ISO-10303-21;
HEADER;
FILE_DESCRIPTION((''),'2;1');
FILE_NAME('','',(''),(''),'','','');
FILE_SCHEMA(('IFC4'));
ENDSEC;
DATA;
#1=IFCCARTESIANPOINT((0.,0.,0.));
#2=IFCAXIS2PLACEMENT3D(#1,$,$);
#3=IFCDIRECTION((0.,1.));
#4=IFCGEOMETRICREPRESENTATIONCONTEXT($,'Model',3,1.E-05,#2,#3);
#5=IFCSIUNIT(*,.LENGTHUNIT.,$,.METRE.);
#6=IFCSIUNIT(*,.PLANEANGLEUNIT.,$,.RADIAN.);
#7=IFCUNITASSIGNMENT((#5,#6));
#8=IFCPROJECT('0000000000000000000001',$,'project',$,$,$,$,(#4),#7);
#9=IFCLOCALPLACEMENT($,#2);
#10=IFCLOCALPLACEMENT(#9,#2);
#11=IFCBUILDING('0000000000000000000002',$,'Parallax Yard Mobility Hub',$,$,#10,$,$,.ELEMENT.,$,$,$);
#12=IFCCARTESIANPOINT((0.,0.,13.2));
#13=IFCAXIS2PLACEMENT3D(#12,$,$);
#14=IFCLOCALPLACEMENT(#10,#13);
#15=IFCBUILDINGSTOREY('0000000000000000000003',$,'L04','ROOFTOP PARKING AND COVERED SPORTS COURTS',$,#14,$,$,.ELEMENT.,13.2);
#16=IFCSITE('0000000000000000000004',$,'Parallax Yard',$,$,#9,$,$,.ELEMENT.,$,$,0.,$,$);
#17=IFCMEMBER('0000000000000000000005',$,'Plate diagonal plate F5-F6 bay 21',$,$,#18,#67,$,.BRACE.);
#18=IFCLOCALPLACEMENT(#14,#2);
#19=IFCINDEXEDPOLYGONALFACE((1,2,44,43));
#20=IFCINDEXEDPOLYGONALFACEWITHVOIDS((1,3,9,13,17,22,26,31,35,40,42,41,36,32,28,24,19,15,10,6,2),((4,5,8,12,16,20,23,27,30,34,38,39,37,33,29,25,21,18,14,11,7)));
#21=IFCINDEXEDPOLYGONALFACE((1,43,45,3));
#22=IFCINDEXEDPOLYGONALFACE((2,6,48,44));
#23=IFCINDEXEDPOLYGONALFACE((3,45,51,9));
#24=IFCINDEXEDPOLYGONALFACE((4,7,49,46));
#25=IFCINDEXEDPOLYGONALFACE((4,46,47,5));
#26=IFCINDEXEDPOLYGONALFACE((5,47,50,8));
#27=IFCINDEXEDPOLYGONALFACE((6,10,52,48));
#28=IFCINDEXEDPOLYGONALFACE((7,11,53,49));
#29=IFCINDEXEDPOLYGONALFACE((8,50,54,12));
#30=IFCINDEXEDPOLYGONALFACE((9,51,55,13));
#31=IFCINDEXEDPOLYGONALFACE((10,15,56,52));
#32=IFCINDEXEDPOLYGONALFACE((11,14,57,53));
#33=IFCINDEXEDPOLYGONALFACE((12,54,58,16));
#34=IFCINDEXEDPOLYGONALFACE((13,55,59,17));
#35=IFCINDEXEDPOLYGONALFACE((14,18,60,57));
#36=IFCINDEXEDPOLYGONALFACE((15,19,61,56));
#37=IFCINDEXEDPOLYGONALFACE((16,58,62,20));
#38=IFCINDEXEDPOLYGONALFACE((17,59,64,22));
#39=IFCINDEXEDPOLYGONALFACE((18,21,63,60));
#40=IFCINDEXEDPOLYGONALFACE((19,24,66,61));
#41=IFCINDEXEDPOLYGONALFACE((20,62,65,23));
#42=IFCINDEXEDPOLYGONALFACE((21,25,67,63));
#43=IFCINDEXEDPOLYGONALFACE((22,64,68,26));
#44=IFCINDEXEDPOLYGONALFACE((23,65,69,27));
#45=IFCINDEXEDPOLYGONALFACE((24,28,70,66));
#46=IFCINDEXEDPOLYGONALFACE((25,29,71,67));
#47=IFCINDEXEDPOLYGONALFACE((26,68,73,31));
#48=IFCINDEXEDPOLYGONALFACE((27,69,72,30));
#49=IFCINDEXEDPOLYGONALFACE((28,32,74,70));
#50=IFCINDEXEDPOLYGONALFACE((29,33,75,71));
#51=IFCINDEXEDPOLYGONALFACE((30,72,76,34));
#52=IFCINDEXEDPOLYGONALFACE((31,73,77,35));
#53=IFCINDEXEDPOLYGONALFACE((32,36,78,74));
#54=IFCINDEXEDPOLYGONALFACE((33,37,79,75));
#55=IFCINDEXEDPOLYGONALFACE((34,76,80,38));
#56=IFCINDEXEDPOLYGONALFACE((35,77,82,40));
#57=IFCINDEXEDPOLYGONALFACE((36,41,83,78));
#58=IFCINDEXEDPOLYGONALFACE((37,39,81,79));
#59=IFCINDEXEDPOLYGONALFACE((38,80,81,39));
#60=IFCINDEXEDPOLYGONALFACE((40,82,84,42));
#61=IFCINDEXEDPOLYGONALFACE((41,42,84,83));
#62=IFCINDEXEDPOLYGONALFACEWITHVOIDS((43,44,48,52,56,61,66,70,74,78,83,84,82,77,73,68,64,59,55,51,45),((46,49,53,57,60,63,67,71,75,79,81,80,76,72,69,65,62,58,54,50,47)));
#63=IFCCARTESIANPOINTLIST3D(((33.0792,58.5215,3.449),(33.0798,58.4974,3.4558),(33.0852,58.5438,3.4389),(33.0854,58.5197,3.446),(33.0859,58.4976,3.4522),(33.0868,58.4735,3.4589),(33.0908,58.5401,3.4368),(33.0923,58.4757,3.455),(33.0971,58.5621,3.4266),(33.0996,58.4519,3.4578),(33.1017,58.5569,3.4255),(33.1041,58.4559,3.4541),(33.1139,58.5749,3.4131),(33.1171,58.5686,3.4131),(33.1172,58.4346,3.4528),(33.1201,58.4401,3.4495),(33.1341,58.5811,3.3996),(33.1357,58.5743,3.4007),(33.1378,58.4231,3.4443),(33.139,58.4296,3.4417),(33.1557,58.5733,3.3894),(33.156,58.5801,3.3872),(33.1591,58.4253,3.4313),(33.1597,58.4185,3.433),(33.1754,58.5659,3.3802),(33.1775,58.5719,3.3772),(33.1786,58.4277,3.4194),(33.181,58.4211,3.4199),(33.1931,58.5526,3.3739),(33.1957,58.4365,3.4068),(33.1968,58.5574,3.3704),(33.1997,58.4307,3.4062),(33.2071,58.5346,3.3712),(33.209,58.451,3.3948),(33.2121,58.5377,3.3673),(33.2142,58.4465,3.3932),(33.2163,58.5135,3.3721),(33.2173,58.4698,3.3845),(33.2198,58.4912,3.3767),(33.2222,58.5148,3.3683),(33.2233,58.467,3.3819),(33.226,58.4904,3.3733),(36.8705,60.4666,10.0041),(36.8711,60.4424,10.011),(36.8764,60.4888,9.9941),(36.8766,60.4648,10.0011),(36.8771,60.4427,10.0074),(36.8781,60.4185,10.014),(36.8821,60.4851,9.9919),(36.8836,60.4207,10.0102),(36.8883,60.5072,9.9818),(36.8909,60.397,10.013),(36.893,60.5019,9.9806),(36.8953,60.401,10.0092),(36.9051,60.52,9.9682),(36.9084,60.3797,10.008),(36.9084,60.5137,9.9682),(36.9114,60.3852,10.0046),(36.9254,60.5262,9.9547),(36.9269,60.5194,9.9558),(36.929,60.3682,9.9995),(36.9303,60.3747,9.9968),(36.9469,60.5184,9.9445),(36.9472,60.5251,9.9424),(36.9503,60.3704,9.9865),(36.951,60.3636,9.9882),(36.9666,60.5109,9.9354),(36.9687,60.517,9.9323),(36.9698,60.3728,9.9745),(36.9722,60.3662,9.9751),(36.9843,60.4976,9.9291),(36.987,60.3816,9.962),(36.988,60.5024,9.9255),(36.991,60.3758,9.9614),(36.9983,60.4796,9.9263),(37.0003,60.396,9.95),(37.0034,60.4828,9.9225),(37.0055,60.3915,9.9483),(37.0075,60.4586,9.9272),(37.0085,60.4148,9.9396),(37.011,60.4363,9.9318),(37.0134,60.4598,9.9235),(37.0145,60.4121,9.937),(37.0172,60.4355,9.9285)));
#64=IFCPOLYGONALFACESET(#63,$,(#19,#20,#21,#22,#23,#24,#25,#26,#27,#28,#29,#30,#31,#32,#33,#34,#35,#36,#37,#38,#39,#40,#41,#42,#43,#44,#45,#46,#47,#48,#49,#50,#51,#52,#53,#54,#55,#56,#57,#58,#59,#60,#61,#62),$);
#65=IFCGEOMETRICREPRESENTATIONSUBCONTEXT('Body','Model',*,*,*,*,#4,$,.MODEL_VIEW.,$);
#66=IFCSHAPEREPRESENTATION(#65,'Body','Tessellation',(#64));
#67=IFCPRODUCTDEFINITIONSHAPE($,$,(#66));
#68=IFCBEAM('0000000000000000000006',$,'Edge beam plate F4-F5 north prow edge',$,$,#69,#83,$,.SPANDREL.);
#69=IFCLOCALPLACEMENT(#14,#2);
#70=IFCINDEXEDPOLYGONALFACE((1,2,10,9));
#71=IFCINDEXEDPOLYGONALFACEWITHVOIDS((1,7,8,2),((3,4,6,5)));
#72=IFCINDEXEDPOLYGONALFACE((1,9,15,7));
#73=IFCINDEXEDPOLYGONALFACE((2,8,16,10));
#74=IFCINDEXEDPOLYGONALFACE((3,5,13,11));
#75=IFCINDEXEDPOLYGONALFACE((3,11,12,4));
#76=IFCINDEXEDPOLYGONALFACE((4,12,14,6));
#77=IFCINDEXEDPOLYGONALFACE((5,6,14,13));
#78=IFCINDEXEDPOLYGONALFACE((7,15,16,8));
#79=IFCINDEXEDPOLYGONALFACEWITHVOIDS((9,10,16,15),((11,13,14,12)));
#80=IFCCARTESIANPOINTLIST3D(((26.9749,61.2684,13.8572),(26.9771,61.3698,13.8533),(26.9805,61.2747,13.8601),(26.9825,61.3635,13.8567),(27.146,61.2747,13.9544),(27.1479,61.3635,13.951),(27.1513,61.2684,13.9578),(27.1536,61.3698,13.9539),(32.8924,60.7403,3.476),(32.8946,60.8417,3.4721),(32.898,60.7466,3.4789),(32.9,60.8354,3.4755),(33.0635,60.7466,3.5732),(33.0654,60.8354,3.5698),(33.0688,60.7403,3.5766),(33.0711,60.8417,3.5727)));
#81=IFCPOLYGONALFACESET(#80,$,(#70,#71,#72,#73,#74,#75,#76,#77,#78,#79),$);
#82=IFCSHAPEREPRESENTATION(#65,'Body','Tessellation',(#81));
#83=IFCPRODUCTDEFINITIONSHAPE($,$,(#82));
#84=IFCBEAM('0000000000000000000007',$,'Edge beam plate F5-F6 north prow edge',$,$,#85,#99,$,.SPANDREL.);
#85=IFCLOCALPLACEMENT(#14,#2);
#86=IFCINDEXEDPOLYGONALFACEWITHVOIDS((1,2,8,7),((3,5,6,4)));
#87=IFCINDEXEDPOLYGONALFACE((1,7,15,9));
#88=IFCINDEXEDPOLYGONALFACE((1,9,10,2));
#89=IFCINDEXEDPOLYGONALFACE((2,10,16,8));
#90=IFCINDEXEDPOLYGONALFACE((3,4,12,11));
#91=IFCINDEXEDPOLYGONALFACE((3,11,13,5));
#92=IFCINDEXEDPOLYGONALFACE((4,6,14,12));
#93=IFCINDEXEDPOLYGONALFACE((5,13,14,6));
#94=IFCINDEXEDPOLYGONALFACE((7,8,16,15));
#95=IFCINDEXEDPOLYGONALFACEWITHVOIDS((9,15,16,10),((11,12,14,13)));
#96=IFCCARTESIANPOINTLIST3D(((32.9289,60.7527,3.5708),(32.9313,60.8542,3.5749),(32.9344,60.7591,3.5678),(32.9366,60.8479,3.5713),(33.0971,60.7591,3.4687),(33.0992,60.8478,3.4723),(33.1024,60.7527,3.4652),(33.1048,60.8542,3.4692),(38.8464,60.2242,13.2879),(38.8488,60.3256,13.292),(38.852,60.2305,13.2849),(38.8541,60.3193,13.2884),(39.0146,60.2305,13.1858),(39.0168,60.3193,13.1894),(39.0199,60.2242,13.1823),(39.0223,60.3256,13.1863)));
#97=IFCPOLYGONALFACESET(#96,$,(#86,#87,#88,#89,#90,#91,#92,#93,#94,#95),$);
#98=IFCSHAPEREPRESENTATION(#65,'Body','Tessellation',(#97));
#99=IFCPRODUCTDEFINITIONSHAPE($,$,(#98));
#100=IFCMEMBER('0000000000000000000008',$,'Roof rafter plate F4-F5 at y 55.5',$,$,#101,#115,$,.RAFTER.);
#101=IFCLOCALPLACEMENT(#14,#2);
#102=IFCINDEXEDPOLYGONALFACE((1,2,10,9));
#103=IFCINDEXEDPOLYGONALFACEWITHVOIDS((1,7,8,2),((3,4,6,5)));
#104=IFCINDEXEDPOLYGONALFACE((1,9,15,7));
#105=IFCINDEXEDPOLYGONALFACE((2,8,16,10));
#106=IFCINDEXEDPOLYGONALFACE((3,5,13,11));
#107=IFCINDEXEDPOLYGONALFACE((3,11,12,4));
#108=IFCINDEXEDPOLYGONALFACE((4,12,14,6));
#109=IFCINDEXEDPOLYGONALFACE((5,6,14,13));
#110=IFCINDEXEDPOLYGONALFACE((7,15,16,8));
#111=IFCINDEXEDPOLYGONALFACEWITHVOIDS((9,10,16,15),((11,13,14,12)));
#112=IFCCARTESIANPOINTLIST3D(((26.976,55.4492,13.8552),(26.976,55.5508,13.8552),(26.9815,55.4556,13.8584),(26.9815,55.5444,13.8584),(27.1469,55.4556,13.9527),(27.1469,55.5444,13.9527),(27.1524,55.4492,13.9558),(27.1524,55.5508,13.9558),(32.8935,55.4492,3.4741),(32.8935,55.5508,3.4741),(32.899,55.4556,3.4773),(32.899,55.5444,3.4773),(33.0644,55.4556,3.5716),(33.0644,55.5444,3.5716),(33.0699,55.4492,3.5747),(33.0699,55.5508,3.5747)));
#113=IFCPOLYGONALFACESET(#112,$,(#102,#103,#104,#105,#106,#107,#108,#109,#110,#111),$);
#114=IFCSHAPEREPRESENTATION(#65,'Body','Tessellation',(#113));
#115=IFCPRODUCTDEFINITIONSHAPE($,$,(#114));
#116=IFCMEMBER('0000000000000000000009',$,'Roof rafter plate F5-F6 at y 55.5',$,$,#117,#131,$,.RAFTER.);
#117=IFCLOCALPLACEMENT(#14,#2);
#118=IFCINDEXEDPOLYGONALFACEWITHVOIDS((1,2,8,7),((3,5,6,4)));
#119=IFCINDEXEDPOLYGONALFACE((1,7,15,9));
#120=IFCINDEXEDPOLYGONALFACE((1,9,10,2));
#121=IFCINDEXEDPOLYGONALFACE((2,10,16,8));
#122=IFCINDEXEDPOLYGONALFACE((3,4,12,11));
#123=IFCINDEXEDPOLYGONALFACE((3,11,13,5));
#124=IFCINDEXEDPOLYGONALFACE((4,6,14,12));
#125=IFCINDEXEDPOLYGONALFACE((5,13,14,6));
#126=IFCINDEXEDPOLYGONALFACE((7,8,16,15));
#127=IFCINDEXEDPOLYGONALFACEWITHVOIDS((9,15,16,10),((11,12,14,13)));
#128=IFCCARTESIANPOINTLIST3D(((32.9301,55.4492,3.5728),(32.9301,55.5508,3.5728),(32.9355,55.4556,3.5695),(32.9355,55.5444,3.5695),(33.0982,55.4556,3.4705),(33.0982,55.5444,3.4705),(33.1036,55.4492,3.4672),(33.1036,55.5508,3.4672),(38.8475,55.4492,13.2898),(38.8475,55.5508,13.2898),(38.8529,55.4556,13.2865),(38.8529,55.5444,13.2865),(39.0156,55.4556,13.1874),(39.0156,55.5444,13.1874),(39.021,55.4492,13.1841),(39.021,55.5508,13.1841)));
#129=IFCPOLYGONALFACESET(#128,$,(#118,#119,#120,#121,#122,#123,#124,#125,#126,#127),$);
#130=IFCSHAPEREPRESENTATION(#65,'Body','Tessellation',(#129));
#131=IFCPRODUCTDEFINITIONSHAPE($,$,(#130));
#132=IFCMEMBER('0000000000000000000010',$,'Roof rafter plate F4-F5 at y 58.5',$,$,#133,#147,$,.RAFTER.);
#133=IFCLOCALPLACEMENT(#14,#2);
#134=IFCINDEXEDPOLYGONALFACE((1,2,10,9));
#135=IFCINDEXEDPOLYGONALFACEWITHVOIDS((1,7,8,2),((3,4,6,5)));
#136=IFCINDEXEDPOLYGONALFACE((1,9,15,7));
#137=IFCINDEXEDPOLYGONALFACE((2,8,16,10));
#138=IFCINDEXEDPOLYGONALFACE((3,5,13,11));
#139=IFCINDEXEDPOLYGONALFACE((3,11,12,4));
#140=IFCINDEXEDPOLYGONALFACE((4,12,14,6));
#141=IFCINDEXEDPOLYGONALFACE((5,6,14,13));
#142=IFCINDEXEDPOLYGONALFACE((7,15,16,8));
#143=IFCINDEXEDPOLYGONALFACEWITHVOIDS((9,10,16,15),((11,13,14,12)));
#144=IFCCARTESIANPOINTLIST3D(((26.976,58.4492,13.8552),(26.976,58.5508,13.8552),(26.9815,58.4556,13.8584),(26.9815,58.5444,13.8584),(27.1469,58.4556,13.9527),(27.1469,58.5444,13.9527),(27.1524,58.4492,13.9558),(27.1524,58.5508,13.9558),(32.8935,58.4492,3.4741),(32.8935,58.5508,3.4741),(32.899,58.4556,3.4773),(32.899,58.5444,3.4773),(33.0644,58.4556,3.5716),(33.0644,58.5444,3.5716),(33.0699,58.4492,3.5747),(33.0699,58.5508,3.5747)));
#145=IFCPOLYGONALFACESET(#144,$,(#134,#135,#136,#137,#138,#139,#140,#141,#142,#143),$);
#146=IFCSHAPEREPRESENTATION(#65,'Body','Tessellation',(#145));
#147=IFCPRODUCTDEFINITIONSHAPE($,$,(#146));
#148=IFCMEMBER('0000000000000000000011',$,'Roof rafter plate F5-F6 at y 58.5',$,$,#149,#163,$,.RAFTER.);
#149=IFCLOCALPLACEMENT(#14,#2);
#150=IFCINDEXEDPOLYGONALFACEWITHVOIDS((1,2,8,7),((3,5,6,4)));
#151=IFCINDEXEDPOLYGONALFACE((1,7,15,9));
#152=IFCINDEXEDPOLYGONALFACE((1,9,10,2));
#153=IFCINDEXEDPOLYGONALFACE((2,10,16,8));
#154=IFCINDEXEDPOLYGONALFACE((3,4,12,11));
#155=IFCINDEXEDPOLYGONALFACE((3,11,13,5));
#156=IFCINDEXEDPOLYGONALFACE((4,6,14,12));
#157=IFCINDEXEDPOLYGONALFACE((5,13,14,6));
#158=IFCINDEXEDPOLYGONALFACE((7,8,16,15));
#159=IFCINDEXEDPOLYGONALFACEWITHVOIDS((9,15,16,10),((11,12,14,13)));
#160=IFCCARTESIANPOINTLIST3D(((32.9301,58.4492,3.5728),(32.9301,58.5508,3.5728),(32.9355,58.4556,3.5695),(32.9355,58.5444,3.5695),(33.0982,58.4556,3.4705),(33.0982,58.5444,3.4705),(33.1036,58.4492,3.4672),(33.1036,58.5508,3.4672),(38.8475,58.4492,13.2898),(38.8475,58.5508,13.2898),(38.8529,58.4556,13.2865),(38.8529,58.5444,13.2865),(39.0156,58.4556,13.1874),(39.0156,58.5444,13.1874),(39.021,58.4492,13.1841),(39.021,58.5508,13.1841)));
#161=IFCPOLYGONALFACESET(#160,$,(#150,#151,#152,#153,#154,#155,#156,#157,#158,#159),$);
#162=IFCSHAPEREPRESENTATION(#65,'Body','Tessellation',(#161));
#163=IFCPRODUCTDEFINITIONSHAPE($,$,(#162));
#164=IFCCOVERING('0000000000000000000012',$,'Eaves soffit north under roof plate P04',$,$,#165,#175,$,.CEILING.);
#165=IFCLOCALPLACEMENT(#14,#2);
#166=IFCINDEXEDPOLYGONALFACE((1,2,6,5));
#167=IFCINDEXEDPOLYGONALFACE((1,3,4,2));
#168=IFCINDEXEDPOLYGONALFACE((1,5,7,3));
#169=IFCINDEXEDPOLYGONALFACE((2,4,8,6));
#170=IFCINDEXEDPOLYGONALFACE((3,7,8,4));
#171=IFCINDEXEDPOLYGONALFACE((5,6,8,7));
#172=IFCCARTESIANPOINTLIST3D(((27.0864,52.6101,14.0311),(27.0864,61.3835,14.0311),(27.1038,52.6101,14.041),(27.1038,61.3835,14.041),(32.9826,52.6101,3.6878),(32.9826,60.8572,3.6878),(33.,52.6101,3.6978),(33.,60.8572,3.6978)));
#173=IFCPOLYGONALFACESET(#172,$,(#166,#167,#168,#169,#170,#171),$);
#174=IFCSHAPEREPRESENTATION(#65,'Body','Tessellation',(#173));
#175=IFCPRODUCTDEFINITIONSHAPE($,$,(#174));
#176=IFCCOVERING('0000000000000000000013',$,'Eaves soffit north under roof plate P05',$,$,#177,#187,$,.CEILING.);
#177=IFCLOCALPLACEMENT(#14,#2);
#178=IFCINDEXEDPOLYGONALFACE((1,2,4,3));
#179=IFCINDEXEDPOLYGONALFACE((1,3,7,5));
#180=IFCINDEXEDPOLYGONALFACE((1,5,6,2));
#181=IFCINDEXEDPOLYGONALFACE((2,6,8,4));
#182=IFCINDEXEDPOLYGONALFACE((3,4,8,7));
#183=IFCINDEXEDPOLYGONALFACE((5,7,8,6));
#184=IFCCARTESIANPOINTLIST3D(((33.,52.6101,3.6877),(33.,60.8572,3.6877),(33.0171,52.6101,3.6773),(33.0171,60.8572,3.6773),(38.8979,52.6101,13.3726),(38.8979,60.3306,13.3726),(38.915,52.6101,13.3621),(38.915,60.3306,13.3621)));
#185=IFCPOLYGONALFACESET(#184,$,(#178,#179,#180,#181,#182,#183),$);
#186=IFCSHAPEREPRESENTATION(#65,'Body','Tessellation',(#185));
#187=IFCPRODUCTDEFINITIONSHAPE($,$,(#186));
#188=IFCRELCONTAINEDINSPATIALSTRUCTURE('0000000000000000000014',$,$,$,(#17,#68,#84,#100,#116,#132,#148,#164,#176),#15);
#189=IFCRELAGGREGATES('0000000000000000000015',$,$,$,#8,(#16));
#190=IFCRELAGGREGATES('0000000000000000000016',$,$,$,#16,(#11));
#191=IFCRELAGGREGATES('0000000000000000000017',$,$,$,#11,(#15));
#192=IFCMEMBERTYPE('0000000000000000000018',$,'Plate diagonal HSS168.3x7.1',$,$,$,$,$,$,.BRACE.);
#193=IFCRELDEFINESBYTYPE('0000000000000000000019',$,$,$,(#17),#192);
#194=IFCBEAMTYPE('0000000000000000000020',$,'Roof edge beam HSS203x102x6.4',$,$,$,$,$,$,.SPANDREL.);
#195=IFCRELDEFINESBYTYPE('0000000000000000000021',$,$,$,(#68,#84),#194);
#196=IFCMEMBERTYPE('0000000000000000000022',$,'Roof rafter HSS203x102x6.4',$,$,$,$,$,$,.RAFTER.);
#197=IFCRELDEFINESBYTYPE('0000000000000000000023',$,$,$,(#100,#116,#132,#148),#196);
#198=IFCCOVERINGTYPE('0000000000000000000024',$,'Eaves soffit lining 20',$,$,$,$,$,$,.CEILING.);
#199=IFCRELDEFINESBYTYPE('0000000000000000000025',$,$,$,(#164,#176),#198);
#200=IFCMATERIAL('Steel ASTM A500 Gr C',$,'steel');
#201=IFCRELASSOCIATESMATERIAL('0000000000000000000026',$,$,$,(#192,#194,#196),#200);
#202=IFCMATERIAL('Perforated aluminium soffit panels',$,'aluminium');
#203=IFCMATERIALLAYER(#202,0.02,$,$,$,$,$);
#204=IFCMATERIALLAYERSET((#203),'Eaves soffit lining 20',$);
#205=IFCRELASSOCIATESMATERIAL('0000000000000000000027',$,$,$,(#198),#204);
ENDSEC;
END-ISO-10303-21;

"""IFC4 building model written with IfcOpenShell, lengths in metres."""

from ifc_helpers import new_model, si_unit, direction, frame, origin, origin_2d, place, context, subcontext, project, spatial, polyline, hollow_rectangle, hollow_circle, outline, extrude, material, layer, layer_set, material_profile, profile_set, type_object, element, save


model = new_model("IFC4")

# Units and contexts
model_context = context("Model", 3, precision=1e-05, world=origin(), true_north=direction((0.0, 1.0)))
body_context = subcontext(model_context, "Body", "Model", "MODEL_VIEW")
ifc_project = project(units=[si_unit("LENGTHUNIT", "METRE"), si_unit("PLANEANGLEUNIT", "RADIAN")], contexts=[model_context])

# Site, building, storey
site_placement = place(None, origin())
site = spatial("IfcSite", under=ifc_project, at=site_placement, Name="Parallax Yard", CompositionType="ELEMENT", RefElevation=0.0)
building_placement = place(site_placement, origin())
building = spatial("IfcBuilding", under=site, at=building_placement, Name="Parallax Yard Mobility Hub", CompositionType="ELEMENT")
storey_placement = place(building_placement, frame((0.0, 0.0, 13.2)))
storey = spatial("IfcBuildingStorey", under=building, at=storey_placement, Name="L04", Description="ROOFTOP PARKING AND COVERED SPORTS COURTS", CompositionType="ELEMENT", Elevation=13.2)

# Member
ifc_material_1 = material(Name="Steel ASTM A500 Gr C", Category="steel")
ifc_material_profile_1 = material_profile(ifc_material_1, hollow_circle(Radius=0.0842, WallThickness=0.0071, at=origin_2d()), Name="HSS168.3x7.1")
ifc_profile_set_1 = profile_set([ifc_material_profile_1], Name="Steel ASTM A500 Gr C")
member_type_1 = type_object("IfcMemberType", Name="Plate diagonal HSS168.3x7.1", PredefinedType="BRACE", material=ifc_profile_set_1)
member_1_placement = place(storey_placement, frame((33.1523, 58.5, 3.4131), z_axis=(0.484915, 0.248781, 0.83843), x_axis=(-0.456471, 0.889738, 0.0)))
element("IfcMember", 1, at=member_1_placement, inside=storey, type_object=member_type_1, Name="Plate diagonal plate F5-F6 bay 21", PredefinedType="BRACE", context=body_context, shape_type="SweptSolid", body=[
    extrude(hollow_circle(Radius=0.0842, WallThickness=0.0071, at=origin_2d()), origin(), (0.0, 0.0, 1.0), 7.8184),
])

# Beams
ifc_material_profile_2 = material_profile(ifc_material_1, hollow_rectangle(XDim=0.1016, YDim=0.2031, WallThickness=0.0063, at=origin_2d()), Name="HSS203x102x6.4")
ifc_profile_set_2 = profile_set([ifc_material_profile_2], Name="Steel ASTM A500 Gr C")
beam_type = type_object("IfcBeamType", Name="Roof edge beam HSS203x102x6.4", PredefinedType="SPANDREL", material=ifc_profile_set_2)
beam_1_placement = place(storey_placement, frame((27.0642, 61.3191, 13.9055), z_axis=(0.494736, -0.04415, -0.867921), x_axis=(0.021831, 0.999025, -0.038375)))
element("IfcBeam", 2, at=beam_1_placement, inside=storey, type_object=beam_type, Name="Edge beam plate F4-F5 north prow edge", PredefinedType="SPANDREL", context=body_context, shape_type="SweptSolid", body=[
    extrude(hollow_rectangle(XDim=0.1016, YDim=0.2031, WallThickness=0.0063, at=origin_2d()), origin(), (0.0, 0.0, 1.0), 11.9609),
])
beam_2_placement = place(storey_placement, frame((33.0168, 60.8035, 3.52), z_axis=(0.519564, -0.046409, 0.853171), x_axis=(0.024166, 0.998923, 0.039621)))
element("IfcBeam", 3, at=beam_2_placement, inside=storey, type_object=beam_type, Name="Edge beam plate F5-F6 north prow edge", PredefinedType="SPANDREL", context=body_context, shape_type="SweptSolid", body=[
    extrude(hollow_rectangle(XDim=0.1016, YDim=0.2031, WallThickness=0.0063, at=origin_2d()), origin(), (0.0, 0.0, 1.0), 11.3894),
])

# Members
ifc_material_profile_3 = material_profile(ifc_material_1, hollow_rectangle(XDim=0.1016, YDim=0.2031, WallThickness=0.0063, at=origin_2d()), Name="HSS203x102x6.4")
ifc_profile_set_3 = profile_set([ifc_material_profile_3], Name="Steel ASTM A500 Gr C")
member_type_2 = type_object("IfcMemberType", Name="Roof rafter HSS203x102x6.4", PredefinedType="RAFTER", material=ifc_profile_set_3)
member_2_placement = place(storey_placement, frame((27.0642, 55.5, 13.9055), z_axis=(0.495219, 0.0, -0.868768), x_axis=(0.0, 1.0, 0.0)))
element("IfcMember", 4, at=member_2_placement, inside=storey, type_object=member_type_2, Name="Roof rafter plate F4-F5 at y 55.5", PredefinedType="RAFTER", context=body_context, shape_type="SweptSolid", body=[
    extrude(hollow_rectangle(XDim=0.1016, YDim=0.2031, WallThickness=0.0063, at=origin_2d()), origin(), (0.0, 0.0, 1.0), 11.9492),
])
member_3_placement = place(storey_placement, frame((33.0168, 55.5, 3.52), z_axis=(0.520124, 0.0, 0.854091), x_axis=(0.0, 1.0, 0.0)))
element("IfcMember", 5, at=member_3_placement, inside=storey, type_object=member_type_2, Name="Roof rafter plate F5-F6 at y 55.5", PredefinedType="RAFTER", context=body_context, shape_type="SweptSolid", body=[
    extrude(hollow_rectangle(XDim=0.1016, YDim=0.2031, WallThickness=0.0063, at=origin_2d()), origin(), (0.0, 0.0, 1.0), 11.377),
])
member_4_placement = place(storey_placement, frame((27.0642, 58.5, 13.9055), z_axis=(0.495219, 0.0, -0.868768), x_axis=(0.0, 1.0, 0.0)))
element("IfcMember", 6, at=member_4_placement, inside=storey, type_object=member_type_2, Name="Roof rafter plate F4-F5 at y 58.5", PredefinedType="RAFTER", context=body_context, shape_type="SweptSolid", body=[
    extrude(hollow_rectangle(XDim=0.1016, YDim=0.2031, WallThickness=0.0063, at=origin_2d()), origin(), (0.0, 0.0, 1.0), 11.9492),
])
member_5_placement = place(storey_placement, frame((33.0168, 58.5, 3.52), z_axis=(0.520124, 0.0, 0.854091), x_axis=(0.0, 1.0, 0.0)))
element("IfcMember", 7, at=member_5_placement, inside=storey, type_object=member_type_2, Name="Roof rafter plate F5-F6 at y 58.5", PredefinedType="RAFTER", context=body_context, shape_type="SweptSolid", body=[
    extrude(hollow_rectangle(XDim=0.1016, YDim=0.2031, WallThickness=0.0063, at=origin_2d()), origin(), (0.0, 0.0, 1.0), 11.377),
])

# Coverings
ifc_material_2 = material(Name="Perforated aluminium soffit panels", Category="aluminium")
ifc_layer_1 = layer(ifc_material_2, 0.02)
ifc_layer_set_1 = layer_set([ifc_layer_1], Name="Eaves soffit lining 20")
covering_type_1 = type_object("IfcCoveringType", Name="Eaves soffit lining 20", PredefinedType="CEILING", material=ifc_layer_set_1)
covering_1_placement = place(storey_placement, frame((27.1038, 61.3835, 14.041), z_axis=(0.868756, 0.0, 0.49524), x_axis=(0.494757, -0.044168, -0.867908)))
element("IfcCovering", 8, at=covering_1_placement, inside=storey, type_object=covering_type_1, Name="Eaves soffit north under roof plate P04", PredefinedType="CEILING", context=body_context, shape_type="SweptSolid", body=[
    extrude(outline(polyline([(0.0, 0.0), (11.9175, 0.0), (12.2817, -8.239), (0.3875, -8.7649), (0.0, 0.0)])), origin(), (0.0, 0.0, -1.0), 0.02),
])
covering_2_placement = place(storey_placement, frame((33.0, 60.8572, 3.6877), z_axis=(-0.854087, 0.0, 0.52013), x_axis=(0.51957, -0.046391, 0.853168)))
element("IfcCovering", 9, at=covering_2_placement, inside=storey, type_object=covering_type_1, Name="Eaves soffit north under roof plate P05", PredefinedType="CEILING", context=body_context, shape_type="SweptSolid", body=[
    extrude(outline(polyline([(0.0, 0.0), (11.3516, 0.0), (11.7098, -7.7121), (0.3826, -8.2382), (0.0, 0.0)])), origin(), (0.0, 0.0, -1.0), 0.02),
])

save(model, "model.ifc")
